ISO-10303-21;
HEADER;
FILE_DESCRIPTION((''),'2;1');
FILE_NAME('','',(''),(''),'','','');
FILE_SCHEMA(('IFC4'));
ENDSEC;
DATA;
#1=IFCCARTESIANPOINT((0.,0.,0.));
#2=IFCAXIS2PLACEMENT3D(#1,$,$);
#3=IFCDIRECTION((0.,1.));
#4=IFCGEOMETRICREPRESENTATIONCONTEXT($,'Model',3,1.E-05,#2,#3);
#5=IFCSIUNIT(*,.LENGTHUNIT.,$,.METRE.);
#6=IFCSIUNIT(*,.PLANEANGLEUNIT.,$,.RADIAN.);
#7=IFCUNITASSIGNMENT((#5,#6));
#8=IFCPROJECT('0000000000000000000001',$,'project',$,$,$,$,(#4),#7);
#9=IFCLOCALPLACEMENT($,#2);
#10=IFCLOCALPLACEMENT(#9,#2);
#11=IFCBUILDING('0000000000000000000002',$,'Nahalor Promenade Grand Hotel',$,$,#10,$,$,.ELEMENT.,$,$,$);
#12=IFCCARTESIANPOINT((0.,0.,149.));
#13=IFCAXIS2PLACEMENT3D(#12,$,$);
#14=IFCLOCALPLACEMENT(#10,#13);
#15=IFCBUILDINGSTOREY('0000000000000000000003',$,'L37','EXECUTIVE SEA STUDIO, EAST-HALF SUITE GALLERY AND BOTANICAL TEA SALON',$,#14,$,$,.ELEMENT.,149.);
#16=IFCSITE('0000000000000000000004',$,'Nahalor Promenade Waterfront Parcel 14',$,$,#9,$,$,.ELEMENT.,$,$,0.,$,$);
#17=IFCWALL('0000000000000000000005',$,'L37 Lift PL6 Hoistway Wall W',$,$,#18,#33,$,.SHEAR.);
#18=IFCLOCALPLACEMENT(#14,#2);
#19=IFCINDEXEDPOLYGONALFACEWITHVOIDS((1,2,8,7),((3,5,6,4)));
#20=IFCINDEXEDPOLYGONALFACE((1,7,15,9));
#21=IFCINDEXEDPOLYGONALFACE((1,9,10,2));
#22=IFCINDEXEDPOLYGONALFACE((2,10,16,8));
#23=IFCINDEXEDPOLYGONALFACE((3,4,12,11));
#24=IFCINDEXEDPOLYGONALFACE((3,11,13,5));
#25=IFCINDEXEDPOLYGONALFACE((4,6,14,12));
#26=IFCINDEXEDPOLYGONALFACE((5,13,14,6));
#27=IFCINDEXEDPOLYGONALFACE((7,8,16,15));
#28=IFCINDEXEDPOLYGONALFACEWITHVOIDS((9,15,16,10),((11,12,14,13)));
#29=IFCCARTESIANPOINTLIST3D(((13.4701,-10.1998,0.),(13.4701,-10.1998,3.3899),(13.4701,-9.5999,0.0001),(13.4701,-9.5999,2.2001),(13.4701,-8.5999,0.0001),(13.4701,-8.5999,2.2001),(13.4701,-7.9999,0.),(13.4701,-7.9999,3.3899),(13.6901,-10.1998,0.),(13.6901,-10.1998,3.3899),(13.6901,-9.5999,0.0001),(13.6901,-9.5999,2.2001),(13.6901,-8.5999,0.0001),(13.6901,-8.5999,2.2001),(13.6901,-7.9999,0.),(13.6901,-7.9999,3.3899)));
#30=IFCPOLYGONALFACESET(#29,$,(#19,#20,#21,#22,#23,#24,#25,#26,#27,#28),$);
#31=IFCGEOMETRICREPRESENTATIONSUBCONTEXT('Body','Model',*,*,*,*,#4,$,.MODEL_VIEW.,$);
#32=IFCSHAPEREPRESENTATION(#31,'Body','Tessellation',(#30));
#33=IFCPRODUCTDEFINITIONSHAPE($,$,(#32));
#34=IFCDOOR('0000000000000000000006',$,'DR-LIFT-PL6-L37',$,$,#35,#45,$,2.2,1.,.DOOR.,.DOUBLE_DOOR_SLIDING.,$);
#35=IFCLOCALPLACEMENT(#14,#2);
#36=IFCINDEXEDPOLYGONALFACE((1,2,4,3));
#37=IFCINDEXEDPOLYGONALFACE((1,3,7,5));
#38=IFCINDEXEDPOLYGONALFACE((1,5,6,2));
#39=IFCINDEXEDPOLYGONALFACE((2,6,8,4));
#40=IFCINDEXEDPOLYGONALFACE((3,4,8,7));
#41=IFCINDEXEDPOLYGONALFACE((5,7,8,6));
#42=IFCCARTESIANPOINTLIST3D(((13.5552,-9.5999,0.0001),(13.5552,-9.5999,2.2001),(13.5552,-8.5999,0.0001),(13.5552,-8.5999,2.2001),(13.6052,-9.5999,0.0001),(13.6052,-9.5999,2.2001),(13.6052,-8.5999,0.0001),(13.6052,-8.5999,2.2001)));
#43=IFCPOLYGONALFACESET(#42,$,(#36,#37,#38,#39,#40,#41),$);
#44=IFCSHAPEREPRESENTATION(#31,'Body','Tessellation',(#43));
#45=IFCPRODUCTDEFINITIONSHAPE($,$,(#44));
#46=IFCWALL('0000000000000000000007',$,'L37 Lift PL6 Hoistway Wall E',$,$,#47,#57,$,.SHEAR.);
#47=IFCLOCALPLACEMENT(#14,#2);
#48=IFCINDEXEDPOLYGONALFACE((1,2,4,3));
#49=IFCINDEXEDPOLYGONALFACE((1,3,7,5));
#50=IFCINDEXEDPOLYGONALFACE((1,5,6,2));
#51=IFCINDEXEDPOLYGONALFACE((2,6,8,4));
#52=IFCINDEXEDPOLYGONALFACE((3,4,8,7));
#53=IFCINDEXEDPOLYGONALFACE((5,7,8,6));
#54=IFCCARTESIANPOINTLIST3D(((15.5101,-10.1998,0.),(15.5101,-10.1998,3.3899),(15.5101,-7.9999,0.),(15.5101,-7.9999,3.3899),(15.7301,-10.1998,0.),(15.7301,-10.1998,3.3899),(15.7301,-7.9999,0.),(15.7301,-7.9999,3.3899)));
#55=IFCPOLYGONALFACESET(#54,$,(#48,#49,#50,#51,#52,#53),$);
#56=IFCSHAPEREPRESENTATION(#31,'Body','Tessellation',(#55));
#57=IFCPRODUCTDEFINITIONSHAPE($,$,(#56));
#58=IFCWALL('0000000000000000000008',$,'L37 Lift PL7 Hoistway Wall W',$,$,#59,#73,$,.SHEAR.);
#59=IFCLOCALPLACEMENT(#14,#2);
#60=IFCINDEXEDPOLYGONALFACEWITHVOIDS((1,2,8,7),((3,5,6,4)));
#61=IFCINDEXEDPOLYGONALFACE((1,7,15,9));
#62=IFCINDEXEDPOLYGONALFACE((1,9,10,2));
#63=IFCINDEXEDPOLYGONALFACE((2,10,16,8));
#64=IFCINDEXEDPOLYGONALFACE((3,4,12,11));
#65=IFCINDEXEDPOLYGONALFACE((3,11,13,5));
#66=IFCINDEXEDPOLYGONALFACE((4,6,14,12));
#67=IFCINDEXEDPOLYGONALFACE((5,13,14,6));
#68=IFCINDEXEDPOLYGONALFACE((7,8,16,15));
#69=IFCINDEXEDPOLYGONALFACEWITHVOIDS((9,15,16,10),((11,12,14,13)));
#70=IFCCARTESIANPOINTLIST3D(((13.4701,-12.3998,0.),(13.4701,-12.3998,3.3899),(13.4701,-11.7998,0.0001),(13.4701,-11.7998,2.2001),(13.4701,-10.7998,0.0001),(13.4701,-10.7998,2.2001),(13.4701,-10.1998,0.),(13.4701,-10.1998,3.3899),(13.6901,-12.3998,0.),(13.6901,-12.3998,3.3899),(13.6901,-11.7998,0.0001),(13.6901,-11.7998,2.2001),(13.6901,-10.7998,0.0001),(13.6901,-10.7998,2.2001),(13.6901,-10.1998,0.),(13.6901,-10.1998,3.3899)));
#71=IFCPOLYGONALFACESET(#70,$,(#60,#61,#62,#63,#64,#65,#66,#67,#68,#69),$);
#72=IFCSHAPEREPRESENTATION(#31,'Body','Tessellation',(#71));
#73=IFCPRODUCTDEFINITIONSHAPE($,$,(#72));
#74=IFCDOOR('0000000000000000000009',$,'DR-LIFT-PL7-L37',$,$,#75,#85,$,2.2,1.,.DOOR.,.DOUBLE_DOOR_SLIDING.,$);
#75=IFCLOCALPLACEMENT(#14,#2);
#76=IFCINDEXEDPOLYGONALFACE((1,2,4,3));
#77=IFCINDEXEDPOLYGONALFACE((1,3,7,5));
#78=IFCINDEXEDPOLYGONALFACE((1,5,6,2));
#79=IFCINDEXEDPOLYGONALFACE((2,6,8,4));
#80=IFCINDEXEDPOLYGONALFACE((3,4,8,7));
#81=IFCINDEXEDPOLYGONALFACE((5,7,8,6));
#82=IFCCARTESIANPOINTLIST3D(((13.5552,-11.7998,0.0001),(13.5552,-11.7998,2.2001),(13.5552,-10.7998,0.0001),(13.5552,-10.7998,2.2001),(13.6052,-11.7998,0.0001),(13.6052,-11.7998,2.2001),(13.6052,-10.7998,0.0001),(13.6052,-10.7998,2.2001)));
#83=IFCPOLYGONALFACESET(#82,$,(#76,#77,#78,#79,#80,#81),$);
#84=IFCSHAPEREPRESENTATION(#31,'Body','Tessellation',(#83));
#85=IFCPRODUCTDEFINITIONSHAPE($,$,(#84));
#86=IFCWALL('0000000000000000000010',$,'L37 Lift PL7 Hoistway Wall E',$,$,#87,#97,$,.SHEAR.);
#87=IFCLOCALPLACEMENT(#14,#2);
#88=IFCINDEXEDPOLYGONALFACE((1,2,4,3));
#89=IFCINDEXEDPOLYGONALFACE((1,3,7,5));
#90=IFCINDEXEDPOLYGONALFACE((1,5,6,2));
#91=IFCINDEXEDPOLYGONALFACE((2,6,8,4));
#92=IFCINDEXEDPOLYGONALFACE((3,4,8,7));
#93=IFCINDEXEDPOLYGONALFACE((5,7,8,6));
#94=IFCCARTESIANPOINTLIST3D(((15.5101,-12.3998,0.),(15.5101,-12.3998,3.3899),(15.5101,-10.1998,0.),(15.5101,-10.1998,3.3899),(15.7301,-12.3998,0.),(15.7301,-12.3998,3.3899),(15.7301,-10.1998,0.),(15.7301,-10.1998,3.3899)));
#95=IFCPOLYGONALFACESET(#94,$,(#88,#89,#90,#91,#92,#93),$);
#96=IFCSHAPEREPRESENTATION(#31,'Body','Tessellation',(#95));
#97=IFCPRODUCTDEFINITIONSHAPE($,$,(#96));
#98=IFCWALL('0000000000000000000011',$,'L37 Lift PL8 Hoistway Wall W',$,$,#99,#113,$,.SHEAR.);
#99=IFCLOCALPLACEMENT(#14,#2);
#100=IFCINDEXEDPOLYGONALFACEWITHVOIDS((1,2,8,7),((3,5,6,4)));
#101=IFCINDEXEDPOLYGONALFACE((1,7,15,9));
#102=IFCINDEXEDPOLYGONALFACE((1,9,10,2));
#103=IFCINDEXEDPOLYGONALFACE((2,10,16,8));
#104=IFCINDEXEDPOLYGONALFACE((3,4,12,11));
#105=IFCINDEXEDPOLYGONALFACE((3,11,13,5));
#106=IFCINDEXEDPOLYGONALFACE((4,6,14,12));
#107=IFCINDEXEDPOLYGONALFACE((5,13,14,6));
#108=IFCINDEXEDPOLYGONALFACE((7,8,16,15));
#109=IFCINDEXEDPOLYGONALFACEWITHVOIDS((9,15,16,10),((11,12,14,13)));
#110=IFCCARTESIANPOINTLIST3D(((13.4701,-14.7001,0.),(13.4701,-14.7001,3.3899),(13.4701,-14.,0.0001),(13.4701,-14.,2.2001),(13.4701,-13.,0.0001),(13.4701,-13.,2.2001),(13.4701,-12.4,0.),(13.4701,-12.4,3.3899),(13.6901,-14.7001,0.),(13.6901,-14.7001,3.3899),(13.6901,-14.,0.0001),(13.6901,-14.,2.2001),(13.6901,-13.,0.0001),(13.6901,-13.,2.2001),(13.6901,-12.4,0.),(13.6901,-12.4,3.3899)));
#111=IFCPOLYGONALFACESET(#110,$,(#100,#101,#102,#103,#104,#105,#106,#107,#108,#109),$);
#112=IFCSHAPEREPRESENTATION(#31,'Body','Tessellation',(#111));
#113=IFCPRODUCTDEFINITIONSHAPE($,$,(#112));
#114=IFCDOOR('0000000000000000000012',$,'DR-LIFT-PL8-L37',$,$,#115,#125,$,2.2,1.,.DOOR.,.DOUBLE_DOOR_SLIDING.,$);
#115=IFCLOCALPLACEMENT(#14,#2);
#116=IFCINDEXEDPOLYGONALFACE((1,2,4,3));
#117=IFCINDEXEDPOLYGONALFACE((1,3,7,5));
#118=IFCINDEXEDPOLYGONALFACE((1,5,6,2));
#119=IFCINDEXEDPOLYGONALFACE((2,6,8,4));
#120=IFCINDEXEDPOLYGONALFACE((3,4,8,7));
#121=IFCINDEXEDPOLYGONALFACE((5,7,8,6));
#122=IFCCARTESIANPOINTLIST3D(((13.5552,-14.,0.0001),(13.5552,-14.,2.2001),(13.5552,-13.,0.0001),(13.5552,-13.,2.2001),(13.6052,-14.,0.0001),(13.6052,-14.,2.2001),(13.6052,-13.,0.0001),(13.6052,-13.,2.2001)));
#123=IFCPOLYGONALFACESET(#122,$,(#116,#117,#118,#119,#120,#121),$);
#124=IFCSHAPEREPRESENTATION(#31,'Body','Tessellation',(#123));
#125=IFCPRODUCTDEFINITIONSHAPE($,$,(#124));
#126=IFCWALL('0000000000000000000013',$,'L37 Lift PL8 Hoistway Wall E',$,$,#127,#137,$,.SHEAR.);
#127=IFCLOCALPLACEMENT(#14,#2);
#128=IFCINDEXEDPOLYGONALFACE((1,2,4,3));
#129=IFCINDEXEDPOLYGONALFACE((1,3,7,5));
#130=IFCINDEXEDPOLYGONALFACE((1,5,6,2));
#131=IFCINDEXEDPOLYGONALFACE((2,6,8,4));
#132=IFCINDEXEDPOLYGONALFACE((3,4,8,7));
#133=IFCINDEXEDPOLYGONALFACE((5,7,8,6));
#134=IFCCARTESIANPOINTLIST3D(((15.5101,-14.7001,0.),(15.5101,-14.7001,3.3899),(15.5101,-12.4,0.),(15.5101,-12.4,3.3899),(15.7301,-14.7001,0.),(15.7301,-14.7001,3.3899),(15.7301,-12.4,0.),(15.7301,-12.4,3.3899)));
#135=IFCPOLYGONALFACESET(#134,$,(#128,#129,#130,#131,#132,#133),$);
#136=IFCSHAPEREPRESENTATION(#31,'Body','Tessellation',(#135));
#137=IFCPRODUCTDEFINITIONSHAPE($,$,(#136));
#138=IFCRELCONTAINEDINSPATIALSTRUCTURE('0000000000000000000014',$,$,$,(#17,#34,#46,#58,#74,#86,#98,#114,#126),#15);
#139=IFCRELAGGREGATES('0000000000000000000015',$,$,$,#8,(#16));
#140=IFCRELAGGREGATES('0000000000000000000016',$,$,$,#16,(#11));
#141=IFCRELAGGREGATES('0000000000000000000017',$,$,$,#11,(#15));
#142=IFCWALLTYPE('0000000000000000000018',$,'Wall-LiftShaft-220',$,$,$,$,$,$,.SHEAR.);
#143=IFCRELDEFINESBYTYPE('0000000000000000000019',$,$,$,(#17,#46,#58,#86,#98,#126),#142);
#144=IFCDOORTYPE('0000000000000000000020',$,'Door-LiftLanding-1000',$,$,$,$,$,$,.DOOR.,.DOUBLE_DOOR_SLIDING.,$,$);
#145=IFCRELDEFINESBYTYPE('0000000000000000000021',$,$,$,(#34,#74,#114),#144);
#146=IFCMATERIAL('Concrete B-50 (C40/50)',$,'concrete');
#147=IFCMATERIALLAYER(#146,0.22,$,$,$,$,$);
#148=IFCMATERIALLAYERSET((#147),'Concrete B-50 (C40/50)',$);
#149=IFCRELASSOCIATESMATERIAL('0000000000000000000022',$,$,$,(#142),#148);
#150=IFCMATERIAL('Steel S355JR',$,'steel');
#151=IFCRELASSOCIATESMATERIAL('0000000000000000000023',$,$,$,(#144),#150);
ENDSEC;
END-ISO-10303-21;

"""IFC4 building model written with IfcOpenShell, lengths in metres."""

from ifc_helpers import new_model, si_unit, direction, frame, frame_2d, origin, place, context, subcontext, project, spatial, rectangle, extrude, source, transform, mapped, material, layer, layer_set, type_object, element, fill, save


model = new_model("IFC4")

# Units and contexts
model_context = context("Model", 3, precision=1e-05, world=origin(), true_north=direction((0.0, 1.0)))
body_context = subcontext(model_context, "Body", "Model", "MODEL_VIEW")
ifc_project = project(units=[si_unit("LENGTHUNIT", "METRE"), si_unit("PLANEANGLEUNIT", "RADIAN")], contexts=[model_context])

# Site, building, storey
site_placement = place(None, origin())
site = spatial("IfcSite", under=ifc_project, at=site_placement, Name="Nahalor Promenade Waterfront Parcel 14", CompositionType="ELEMENT", RefElevation=0.0)
building_placement = place(site_placement, origin())
building = spatial("IfcBuilding", under=site, at=building_placement, Name="Nahalor Promenade Grand Hotel", CompositionType="ELEMENT")
storey_placement = place(building_placement, frame((0.0, 0.0, 149.0)))
storey = spatial("IfcBuildingStorey", under=building, at=storey_placement, Name="L37", Description="EXECUTIVE SEA STUDIO, EAST-HALF SUITE GALLERY AND BOTANICAL TEA SALON", CompositionType="ELEMENT", Elevation=149.0)

# Shared definitions
ifc_material_1 = material(Name="Steel S355JR", Category="steel")

# Shared definitions
ifc_material_2 = material(Name="Concrete B-50 (C40/50)", Category="concrete")
ifc_layer_1 = layer(ifc_material_2, 0.22)
ifc_layer_set_1 = layer_set([ifc_layer_1], Name="Concrete B-50 (C40/50)")
wall_type = type_object("IfcWallType", Name="Wall-LiftShaft-220", PredefinedType="SHEAR", material=ifc_layer_set_1)

# Shared definitions
door_type = type_object("IfcDoorType", Name="Door-LiftLanding-1000", OperationType="DOUBLE_DOOR_SLIDING", PredefinedType="DOOR", material=ifc_material_1)
shared_shape_1 = source(origin(), body_context, "Body", "SweptSolid", [
    extrude(rectangle(XDim=1.0, YDim=2.2, at=frame_2d((0.5, 1.1001))), frame((0.0, 0.0249, 0.0), z_axis=(0.0, -1.0, 0.0), x_axis=(1.0, 0.0, 0.0)), (0.0, 0.0, 1.0), 0.05),
])

# Wall, opening, door
shared_shape_2 = source(origin(), body_context, "Body", "SweptSolid", [
    extrude(rectangle(XDim=2.2, YDim=0.22, at=frame_2d((1.1001, 0.0))), origin(), (0.0, 0.0, 1.0), 3.3899),
])
wall_1_placement = place(storey_placement, frame((13.5801, -10.2, 0.0), z_axis=(0.0, 0.0, 1.0), x_axis=(0.0, 1.0, 0.0)))
wall_1 = element("IfcWall", 1, at=wall_1_placement, inside=storey, type_object=wall_type, Name="L37 Lift PL6 Hoistway Wall W", PredefinedType="SHEAR", context=body_context, shape_type="MappedRepresentation", body=[
    mapped(shared_shape_2, transform((0.0, 0.0, 0.0), scale=1.0)),
])
opening_1_placement = place(wall_1_placement, frame((0.6001, 0.0, 0.0)))
opening_1 = element("IfcOpeningElement", 2, at=opening_1_placement, cuts=wall_1, PredefinedType="OPENING", context=body_context, shape_type="SweptSolid", body=[
    extrude(rectangle(XDim=1.0, YDim=2.2, at=frame_2d((0.5, 1.1001))), frame((0.0, 0.1199, 0.0), z_axis=(0.0, -1.0, 0.0), x_axis=(1.0, 0.0, 0.0)), (0.0, 0.0, 1.0), 0.24),
])
door_1_placement = place(opening_1_placement, origin())
door_1 = element("IfcDoor", 3, at=door_1_placement, inside=storey, type_object=door_type, Name="DR-LIFT-PL6-L37", OperationType="DOUBLE_DOOR_SLIDING", OverallHeight=2.2, OverallWidth=1.0, PredefinedType="DOOR", context=body_context, shape_type="MappedRepresentation", body=[
    mapped(shared_shape_1, transform((0.0, 0.0, 0.0), scale=1.0)),
])
fill(opening_1, door_1)

# Wall
wall_2_placement = place(storey_placement, frame((15.6201, -10.2, 0.0), z_axis=(0.0, 0.0, 1.0), x_axis=(0.0, 1.0, 0.0)))
element("IfcWall", 4, at=wall_2_placement, inside=storey, type_object=wall_type, Name="L37 Lift PL6 Hoistway Wall E", PredefinedType="SHEAR", context=body_context, shape_type="MappedRepresentation", body=[
    mapped(shared_shape_2, transform((0.0, 0.0, 0.0), scale=1.0)),
])

# Wall, opening, door
wall_3_placement = place(storey_placement, frame((13.5801, -12.3999, 0.0), z_axis=(0.0, 0.0, 1.0), x_axis=(0.0, 1.0, 0.0)))
wall_3 = element("IfcWall", 5, at=wall_3_placement, inside=storey, type_object=wall_type, Name="L37 Lift PL7 Hoistway Wall W", PredefinedType="SHEAR", context=body_context, shape_type="MappedRepresentation", body=[
    mapped(shared_shape_2, transform((0.0, 0.0, 0.0), scale=1.0)),
])
opening_2_placement = place(wall_3_placement, frame((0.6001, 0.0, 0.0)))
opening_2 = element("IfcOpeningElement", 6, at=opening_2_placement, cuts=wall_3, PredefinedType="OPENING", context=body_context, shape_type="SweptSolid", body=[
    extrude(rectangle(XDim=1.0, YDim=2.2, at=frame_2d((0.5, 1.1001))), frame((0.0, 0.1199, 0.0), z_axis=(0.0, -1.0, 0.0), x_axis=(1.0, 0.0, 0.0)), (0.0, 0.0, 1.0), 0.24),
])
door_2_placement = place(opening_2_placement, origin())
door_2 = element("IfcDoor", 7, at=door_2_placement, inside=storey, type_object=door_type, Name="DR-LIFT-PL7-L37", OperationType="DOUBLE_DOOR_SLIDING", OverallHeight=2.2, OverallWidth=1.0, PredefinedType="DOOR", context=body_context, shape_type="MappedRepresentation", body=[
    mapped(shared_shape_1, transform((0.0, 0.0, 0.0), scale=1.0)),
])
fill(opening_2, door_2)

# Wall
wall_4_placement = place(storey_placement, frame((15.6201, -12.3999, 0.0), z_axis=(0.0, 0.0, 1.0), x_axis=(0.0, 1.0, 0.0)))
element("IfcWall", 8, at=wall_4_placement, inside=storey, type_object=wall_type, Name="L37 Lift PL7 Hoistway Wall E", PredefinedType="SHEAR", context=body_context, shape_type="MappedRepresentation", body=[
    mapped(shared_shape_2, transform((0.0, 0.0, 0.0), scale=1.0)),
])

# Wall, opening, door
shared_shape_3 = source(origin(), body_context, "Body", "SweptSolid", [
    extrude(rectangle(XDim=2.3, YDim=0.22, at=frame_2d((1.1499, 0.0))), origin(), (0.0, 0.0, 1.0), 3.3899),
])
wall_5_placement = place(storey_placement, frame((13.5801, -14.7, 0.0), z_axis=(0.0, 0.0, 1.0), x_axis=(0.0, 1.0, 0.0)))
wall_5 = element("IfcWall", 9, at=wall_5_placement, inside=storey, type_object=wall_type, Name="L37 Lift PL8 Hoistway Wall W", PredefinedType="SHEAR", context=body_context, shape_type="MappedRepresentation", body=[
    mapped(shared_shape_3, transform((0.0, 0.0, 0.0), scale=1.0)),
])
opening_3_placement = place(wall_5_placement, frame((0.7, 0.0, 0.0)))
opening_3 = element("IfcOpeningElement", 10, at=opening_3_placement, cuts=wall_5, PredefinedType="OPENING", context=body_context, shape_type="SweptSolid", body=[
    extrude(rectangle(XDim=1.0, YDim=2.2, at=frame_2d((0.5, 1.1001))), frame((0.0, 0.1199, 0.0), z_axis=(0.0, -1.0, 0.0), x_axis=(1.0, 0.0, 0.0)), (0.0, 0.0, 1.0), 0.24),
])
door_3_placement = place(opening_3_placement, origin())
door_3 = element("IfcDoor", 11, at=door_3_placement, inside=storey, type_object=door_type, Name="DR-LIFT-PL8-L37", OperationType="DOUBLE_DOOR_SLIDING", OverallHeight=2.2, OverallWidth=1.0, PredefinedType="DOOR", context=body_context, shape_type="MappedRepresentation", body=[
    mapped(shared_shape_1, transform((0.0, 0.0, 0.0), scale=1.0)),
])
fill(opening_3, door_3)

# Wall
wall_6_placement = place(storey_placement, frame((15.6201, -14.7, 0.0), z_axis=(0.0, 0.0, 1.0), x_axis=(0.0, 1.0, 0.0)))
element("IfcWall", 12, at=wall_6_placement, inside=storey, type_object=wall_type, Name="L37 Lift PL8 Hoistway Wall E", PredefinedType="SHEAR", context=body_context, shape_type="MappedRepresentation", body=[
    mapped(shared_shape_3, transform((0.0, 0.0, 0.0), scale=1.0)),
])

save(model, "model.ifc")
